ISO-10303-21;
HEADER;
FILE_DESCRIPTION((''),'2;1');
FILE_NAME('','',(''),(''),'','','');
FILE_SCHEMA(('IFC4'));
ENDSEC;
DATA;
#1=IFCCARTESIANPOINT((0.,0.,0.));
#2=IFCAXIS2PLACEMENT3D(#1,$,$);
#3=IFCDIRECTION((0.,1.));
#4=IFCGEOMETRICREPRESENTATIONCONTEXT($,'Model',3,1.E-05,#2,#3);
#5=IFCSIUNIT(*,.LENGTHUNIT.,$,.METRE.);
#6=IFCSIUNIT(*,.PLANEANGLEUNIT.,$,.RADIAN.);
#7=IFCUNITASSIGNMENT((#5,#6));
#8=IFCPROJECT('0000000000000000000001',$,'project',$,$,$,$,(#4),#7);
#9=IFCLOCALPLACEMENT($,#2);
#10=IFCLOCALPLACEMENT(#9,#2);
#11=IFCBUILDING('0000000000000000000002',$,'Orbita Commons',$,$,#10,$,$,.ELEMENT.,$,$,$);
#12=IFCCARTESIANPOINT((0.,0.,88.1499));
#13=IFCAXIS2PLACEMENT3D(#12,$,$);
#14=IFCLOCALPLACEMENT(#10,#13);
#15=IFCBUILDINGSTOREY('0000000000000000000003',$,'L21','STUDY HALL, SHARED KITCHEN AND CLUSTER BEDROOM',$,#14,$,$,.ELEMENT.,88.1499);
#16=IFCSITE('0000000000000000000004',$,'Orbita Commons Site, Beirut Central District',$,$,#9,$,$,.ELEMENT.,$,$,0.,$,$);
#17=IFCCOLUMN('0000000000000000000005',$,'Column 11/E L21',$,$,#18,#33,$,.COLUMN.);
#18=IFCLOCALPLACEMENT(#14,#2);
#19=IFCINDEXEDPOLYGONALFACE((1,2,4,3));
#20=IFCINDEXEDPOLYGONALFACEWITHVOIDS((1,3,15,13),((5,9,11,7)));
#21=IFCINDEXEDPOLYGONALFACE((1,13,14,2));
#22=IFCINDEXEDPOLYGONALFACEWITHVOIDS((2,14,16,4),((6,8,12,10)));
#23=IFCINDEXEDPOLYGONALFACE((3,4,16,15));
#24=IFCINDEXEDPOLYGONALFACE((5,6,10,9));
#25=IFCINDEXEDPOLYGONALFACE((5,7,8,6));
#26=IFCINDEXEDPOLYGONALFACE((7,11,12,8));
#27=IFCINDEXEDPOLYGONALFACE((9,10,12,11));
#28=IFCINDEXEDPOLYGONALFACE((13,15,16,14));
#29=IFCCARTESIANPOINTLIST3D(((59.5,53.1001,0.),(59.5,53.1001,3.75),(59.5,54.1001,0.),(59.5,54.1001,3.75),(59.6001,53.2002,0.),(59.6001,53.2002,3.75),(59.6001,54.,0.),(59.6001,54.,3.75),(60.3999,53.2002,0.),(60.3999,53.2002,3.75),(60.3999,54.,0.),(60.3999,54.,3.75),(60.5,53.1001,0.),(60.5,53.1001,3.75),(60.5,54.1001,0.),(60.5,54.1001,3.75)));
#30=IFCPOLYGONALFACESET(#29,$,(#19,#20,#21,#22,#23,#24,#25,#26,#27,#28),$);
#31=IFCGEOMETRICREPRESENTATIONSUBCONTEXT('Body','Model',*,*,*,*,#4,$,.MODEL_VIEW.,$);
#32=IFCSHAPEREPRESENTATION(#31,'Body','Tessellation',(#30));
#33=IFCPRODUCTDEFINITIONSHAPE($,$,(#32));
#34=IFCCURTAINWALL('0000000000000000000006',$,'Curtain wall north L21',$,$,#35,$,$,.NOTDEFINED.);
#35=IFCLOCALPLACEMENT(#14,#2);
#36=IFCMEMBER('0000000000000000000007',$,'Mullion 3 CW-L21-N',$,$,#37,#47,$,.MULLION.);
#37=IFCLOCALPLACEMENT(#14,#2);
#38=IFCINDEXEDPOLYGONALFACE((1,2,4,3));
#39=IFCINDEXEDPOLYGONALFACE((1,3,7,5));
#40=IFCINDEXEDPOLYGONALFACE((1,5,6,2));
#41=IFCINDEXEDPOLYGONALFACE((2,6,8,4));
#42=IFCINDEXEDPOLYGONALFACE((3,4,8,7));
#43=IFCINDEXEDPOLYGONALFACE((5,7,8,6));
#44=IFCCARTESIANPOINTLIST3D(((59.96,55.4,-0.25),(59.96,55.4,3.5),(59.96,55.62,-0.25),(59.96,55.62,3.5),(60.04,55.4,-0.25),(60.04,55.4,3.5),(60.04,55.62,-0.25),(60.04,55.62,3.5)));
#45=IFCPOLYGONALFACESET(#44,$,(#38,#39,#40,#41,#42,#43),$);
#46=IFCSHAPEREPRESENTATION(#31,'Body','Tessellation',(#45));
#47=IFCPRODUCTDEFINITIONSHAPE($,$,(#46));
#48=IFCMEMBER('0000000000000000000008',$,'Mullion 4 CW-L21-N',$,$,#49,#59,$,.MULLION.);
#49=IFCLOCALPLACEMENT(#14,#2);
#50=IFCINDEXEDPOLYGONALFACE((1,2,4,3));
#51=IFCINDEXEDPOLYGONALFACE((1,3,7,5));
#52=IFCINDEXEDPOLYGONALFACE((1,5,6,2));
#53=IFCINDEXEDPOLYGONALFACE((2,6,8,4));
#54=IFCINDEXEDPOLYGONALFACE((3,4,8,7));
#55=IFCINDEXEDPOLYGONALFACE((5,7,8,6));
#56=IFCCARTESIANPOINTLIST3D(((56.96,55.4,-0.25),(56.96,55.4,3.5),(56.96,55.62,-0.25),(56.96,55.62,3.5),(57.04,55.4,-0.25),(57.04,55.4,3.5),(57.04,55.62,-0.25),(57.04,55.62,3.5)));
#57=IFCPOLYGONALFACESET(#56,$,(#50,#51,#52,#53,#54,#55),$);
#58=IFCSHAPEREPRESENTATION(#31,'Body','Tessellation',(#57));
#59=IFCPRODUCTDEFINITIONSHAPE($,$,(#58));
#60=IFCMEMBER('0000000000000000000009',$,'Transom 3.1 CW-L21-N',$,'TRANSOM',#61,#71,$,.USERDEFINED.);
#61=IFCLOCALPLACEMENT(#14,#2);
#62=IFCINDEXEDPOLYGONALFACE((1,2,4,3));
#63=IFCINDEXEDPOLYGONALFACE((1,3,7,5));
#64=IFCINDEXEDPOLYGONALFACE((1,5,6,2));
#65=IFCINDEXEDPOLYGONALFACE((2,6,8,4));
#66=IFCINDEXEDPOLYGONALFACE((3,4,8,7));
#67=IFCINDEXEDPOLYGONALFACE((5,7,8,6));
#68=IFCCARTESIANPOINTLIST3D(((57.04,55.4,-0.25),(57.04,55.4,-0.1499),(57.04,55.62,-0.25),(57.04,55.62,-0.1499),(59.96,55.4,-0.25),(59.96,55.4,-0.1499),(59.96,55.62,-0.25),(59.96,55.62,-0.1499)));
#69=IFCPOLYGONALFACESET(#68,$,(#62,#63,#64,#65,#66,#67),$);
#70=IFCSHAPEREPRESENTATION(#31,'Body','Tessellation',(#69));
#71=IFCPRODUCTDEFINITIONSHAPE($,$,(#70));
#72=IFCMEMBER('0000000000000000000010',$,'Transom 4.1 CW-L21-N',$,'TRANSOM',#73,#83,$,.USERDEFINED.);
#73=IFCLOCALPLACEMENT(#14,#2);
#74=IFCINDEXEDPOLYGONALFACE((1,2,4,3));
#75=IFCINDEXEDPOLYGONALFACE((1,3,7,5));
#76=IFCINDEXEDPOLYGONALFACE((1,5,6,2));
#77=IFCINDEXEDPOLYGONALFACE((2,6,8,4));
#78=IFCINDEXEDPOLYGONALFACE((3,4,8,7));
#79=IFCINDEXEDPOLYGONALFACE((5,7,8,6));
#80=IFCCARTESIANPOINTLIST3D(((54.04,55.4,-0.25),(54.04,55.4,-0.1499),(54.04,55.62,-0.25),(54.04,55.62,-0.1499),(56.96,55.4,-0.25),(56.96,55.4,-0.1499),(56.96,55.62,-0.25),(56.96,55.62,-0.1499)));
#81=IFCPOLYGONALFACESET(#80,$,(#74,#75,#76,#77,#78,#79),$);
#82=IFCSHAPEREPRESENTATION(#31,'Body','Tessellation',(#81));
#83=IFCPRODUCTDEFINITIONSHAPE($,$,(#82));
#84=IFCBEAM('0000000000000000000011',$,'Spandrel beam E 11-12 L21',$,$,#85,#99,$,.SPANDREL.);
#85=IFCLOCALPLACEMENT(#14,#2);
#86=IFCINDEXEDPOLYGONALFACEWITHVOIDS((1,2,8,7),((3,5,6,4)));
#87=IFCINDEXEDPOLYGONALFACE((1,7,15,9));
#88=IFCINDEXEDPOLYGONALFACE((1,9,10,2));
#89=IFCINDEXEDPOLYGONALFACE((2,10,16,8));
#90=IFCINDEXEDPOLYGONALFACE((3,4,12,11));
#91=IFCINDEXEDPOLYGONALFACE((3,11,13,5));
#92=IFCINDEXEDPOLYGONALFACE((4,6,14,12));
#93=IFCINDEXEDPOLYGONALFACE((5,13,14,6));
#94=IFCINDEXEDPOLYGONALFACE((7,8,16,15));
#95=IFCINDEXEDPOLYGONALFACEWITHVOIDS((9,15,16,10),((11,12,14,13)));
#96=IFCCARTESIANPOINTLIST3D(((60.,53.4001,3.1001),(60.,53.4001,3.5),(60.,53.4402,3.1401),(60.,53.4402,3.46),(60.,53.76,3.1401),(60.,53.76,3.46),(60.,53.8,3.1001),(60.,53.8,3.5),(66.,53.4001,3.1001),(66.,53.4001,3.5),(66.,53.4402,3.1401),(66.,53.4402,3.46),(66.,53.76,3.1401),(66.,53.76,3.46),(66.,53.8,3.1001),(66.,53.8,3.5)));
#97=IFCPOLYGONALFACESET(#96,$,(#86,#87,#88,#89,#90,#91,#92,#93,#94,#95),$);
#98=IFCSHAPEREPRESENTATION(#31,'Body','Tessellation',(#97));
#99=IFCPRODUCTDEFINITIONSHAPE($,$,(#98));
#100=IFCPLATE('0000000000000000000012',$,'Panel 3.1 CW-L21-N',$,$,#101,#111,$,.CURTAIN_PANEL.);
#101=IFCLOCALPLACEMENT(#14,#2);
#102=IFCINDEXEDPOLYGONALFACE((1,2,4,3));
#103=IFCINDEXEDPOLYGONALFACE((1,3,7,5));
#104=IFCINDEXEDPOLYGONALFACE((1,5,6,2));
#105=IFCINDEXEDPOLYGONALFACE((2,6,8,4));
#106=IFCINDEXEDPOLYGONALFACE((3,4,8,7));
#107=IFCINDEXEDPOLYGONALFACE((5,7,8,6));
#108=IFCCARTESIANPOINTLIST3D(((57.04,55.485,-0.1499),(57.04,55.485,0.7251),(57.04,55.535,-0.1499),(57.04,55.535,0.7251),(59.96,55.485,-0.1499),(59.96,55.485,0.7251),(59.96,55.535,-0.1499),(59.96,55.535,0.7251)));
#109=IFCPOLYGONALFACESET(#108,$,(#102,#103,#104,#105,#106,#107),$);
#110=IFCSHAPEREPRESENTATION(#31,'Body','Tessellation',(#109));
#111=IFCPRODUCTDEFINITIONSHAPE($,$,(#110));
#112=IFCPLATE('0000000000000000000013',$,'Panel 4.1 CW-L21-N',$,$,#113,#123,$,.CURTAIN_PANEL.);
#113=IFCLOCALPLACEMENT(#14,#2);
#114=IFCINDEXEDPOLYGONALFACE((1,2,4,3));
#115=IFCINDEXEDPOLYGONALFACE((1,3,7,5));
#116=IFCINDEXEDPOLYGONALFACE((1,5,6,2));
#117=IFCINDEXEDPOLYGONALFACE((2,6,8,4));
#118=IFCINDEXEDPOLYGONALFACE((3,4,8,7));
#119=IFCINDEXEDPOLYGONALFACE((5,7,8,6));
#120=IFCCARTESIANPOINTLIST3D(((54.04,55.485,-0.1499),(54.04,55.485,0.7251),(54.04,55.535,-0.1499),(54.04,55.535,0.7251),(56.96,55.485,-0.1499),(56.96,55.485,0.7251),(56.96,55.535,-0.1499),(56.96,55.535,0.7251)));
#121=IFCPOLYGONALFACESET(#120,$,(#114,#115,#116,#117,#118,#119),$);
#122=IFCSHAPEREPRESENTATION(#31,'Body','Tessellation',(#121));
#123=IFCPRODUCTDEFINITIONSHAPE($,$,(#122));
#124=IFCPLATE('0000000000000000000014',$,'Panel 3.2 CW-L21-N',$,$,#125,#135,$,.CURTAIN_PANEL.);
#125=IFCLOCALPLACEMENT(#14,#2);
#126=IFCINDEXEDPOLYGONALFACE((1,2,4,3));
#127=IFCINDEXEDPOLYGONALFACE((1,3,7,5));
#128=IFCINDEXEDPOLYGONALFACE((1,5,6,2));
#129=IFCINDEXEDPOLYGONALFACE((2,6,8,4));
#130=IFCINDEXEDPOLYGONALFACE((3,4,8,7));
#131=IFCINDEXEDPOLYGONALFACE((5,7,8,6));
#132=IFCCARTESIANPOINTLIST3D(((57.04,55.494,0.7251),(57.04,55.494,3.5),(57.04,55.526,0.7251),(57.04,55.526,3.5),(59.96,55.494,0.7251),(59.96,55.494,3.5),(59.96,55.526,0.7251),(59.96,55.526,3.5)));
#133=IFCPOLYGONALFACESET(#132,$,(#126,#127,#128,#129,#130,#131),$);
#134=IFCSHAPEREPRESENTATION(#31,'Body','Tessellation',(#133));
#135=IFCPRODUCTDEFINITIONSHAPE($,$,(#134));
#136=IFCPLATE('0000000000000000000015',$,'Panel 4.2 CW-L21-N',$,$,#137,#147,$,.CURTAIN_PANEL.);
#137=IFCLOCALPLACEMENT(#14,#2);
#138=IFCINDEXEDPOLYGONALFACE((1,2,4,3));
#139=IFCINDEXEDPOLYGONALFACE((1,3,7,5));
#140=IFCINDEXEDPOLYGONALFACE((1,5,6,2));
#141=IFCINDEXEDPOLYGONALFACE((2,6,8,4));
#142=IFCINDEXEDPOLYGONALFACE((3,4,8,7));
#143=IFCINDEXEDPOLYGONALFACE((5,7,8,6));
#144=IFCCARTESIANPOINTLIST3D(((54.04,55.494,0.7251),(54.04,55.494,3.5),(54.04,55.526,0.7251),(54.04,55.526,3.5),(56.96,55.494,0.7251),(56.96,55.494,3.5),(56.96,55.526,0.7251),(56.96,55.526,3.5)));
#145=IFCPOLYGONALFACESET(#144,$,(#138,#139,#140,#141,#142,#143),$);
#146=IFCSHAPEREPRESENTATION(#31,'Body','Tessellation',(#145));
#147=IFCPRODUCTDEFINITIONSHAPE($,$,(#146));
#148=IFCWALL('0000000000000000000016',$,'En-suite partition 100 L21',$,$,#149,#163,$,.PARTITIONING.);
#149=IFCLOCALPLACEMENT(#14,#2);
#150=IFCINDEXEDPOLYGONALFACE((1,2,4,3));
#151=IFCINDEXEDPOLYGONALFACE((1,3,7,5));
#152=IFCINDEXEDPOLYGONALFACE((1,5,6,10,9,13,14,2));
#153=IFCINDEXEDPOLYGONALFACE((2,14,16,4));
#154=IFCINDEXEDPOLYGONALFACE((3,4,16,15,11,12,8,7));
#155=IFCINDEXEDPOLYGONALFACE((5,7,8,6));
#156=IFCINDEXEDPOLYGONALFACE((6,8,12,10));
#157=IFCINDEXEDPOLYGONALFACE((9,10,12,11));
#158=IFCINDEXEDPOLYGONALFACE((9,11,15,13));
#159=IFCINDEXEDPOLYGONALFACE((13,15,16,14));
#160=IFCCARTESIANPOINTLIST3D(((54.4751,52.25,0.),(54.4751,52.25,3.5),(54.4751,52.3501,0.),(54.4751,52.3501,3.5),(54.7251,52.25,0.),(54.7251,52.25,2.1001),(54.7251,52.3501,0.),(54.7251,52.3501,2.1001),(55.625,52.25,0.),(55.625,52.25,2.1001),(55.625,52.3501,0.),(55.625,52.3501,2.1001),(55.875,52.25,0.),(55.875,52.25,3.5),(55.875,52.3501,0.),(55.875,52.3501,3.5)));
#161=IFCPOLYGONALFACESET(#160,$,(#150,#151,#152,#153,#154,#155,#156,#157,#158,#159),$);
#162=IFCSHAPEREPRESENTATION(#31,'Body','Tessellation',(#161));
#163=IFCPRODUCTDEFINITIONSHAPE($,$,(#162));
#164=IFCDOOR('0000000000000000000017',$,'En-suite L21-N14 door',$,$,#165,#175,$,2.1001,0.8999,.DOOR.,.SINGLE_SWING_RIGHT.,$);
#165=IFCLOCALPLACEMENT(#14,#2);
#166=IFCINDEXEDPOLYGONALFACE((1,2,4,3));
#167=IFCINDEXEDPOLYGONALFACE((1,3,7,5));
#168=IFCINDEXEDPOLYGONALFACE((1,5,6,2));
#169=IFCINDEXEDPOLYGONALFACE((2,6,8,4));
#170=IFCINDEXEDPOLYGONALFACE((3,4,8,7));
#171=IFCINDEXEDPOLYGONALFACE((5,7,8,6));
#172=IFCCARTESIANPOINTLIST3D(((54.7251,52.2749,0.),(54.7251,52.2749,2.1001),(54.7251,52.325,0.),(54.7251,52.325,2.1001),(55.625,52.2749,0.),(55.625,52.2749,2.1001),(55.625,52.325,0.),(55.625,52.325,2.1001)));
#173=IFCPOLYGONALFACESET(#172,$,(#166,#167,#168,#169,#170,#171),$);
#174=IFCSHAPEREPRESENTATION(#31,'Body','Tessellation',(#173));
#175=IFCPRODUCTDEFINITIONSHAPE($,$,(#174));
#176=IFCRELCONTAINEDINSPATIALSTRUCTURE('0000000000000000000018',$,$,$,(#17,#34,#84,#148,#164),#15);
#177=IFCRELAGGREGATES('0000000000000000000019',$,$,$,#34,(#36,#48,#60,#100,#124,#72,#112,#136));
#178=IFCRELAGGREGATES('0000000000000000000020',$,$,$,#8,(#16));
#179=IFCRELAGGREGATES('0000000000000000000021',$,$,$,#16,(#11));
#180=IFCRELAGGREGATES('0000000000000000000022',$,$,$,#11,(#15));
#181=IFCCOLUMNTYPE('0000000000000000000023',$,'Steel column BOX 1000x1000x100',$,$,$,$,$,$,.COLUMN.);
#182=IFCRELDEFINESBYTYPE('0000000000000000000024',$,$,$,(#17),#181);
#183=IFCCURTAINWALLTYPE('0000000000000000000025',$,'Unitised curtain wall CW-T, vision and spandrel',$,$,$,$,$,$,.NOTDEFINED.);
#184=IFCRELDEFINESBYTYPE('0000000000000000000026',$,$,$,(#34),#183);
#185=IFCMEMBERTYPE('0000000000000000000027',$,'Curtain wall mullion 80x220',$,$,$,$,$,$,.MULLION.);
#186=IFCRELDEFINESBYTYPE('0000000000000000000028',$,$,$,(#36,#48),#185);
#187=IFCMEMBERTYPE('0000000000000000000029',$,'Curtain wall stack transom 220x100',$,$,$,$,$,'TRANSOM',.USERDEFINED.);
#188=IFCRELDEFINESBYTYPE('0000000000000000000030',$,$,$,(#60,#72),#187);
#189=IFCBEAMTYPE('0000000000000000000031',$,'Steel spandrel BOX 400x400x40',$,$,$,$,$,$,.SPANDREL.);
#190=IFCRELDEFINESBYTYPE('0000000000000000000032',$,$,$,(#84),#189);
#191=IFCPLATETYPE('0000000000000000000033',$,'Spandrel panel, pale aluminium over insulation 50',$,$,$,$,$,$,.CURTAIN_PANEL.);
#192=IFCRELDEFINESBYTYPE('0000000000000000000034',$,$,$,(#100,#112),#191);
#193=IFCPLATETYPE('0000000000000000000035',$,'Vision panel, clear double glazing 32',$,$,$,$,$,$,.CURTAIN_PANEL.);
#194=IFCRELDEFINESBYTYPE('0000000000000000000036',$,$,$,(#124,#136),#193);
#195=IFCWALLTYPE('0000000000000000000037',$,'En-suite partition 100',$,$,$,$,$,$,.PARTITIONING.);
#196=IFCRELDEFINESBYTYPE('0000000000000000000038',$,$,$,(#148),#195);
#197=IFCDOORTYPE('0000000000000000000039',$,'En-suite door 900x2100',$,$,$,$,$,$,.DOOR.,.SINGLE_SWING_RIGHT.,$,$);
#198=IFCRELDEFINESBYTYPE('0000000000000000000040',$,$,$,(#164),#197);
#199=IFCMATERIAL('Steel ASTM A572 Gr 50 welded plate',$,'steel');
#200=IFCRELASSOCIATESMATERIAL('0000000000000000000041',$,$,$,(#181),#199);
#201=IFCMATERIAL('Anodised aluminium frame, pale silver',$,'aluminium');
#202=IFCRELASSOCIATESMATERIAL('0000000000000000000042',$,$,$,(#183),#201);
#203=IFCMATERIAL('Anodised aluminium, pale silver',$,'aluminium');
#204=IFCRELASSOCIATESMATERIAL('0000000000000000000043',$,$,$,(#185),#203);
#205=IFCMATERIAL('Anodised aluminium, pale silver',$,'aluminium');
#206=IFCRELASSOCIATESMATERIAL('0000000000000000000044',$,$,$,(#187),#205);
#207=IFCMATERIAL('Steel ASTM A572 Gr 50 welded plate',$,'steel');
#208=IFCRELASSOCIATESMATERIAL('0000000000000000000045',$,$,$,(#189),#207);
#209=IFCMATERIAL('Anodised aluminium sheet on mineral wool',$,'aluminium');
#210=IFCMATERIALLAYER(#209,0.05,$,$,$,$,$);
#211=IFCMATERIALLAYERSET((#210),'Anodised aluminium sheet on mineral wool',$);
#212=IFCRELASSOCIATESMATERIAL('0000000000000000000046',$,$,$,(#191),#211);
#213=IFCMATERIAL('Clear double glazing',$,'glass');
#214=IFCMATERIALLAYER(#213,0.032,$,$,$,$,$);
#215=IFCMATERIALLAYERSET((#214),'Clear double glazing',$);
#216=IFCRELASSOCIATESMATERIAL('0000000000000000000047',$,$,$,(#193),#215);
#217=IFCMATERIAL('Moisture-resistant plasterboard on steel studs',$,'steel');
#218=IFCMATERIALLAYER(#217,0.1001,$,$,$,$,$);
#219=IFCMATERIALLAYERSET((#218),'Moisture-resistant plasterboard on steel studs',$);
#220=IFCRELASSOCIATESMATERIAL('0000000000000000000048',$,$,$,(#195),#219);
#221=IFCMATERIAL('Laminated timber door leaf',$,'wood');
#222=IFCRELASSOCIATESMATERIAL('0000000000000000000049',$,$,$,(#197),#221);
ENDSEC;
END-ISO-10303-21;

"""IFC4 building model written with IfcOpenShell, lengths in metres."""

from ifc_helpers import new_model, si_unit, direction, frame, frame_2d, origin, origin_2d, place, context, subcontext, project, spatial, rectangle, hollow_rectangle, extrude, material, layer, layer_set, material_profile, profile_set, type_object, element, fill, aggregate, save


model = new_model("IFC4")

# Units and contexts
model_context = context("Model", 3, precision=1e-05, world=origin(), true_north=direction((0.0, 1.0)))
body_context = subcontext(model_context, "Body", "Model", "MODEL_VIEW")
ifc_project = project(units=[si_unit("LENGTHUNIT", "METRE"), si_unit("PLANEANGLEUNIT", "RADIAN")], contexts=[model_context])

# Site, building, storey
site_placement = place(None, origin())
site = spatial("IfcSite", under=ifc_project, at=site_placement, Name="Orbita Commons Site, Beirut Central District", CompositionType="ELEMENT", RefElevation=0.0)
building_placement = place(site_placement, origin())
building = spatial("IfcBuilding", under=site, at=building_placement, Name="Orbita Commons", CompositionType="ELEMENT")
storey_placement = place(building_placement, frame((0.0, 0.0, 88.1499)))
storey = spatial("IfcBuildingStorey", under=building, at=storey_placement, Name="L21", Description="STUDY HALL, SHARED KITCHEN AND CLUSTER BEDROOM", CompositionType="ELEMENT", Elevation=88.1499)

# Column
ifc_material_1 = material(Name="Steel ASTM A572 Gr 50 welded plate", Category="steel")
ifc_material_profile_1 = material_profile(ifc_material_1, hollow_rectangle(XDim=1.0, YDim=1.0, WallThickness=0.1001, at=origin_2d()), Name="BOX 1000x1000x100")
ifc_profile_set_1 = profile_set([ifc_material_profile_1], Name="Steel ASTM A572 Gr 50 welded plate")
column_type = type_object("IfcColumnType", Name="Steel column BOX 1000x1000x100", PredefinedType="COLUMN", material=ifc_profile_set_1)
column_placement = place(storey_placement, frame((60.0, 53.6001, 0.0), z_axis=(0.0, 0.0, 1.0), x_axis=(1.0, 0.0, 0.0)))
element("IfcColumn", 1, at=column_placement, inside=storey, type_object=column_type, Name="Column 11/E L21", PredefinedType="COLUMN", context=body_context, shape_type="SweptSolid", body=[
    extrude(hollow_rectangle(XDim=1.0, YDim=1.0, WallThickness=0.1001, at=origin_2d()), origin(), (0.0, 0.0, 1.0), 3.75),
])

# Curtain wall, members
ifc_material_2 = material(Name="Anodised aluminium frame, pale silver", Category="aluminium")
curtain_wall_type = type_object("IfcCurtainWallType", Name="Unitised curtain wall CW-T, vision and spandrel", PredefinedType="NOTDEFINED", material=ifc_material_2)
curtain_wall_placement = place(storey_placement, origin())
curtain_wall = element("IfcCurtainWall", 2, at=curtain_wall_placement, inside=storey, type_object=curtain_wall_type, Name="Curtain wall north L21", PredefinedType="NOTDEFINED")
ifc_material_3 = material(Name="Anodised aluminium, pale silver", Category="aluminium")
ifc_material_profile_2 = material_profile(ifc_material_3, rectangle(XDim=0.0801, YDim=0.22, at=origin_2d()), Name="AL 80x220")
ifc_profile_set_2 = profile_set([ifc_material_profile_2], Name="Anodised aluminium, pale silver")
member_type_1 = type_object("IfcMemberType", Name="Curtain wall mullion 80x220", PredefinedType="MULLION", material=ifc_profile_set_2)
member_1_placement = place(storey_placement, frame((60.0, 55.51, -0.25), z_axis=(0.0, 0.0, 1.0), x_axis=(-1.0, 0.0, 0.0)))
member_1 = element("IfcMember", 3, at=member_1_placement, type_object=member_type_1, Name="Mullion 3 CW-L21-N", PredefinedType="MULLION", context=body_context, shape_type="SweptSolid", body=[
    extrude(rectangle(XDim=0.0801, YDim=0.22, at=origin_2d()), origin(), (0.0, 0.0, 1.0), 3.75),
])
member_2_placement = place(storey_placement, frame((57.0, 55.51, -0.25), z_axis=(0.0, 0.0, 1.0), x_axis=(-1.0, 0.0, 0.0)))
member_2 = element("IfcMember", 4, at=member_2_placement, type_object=member_type_1, Name="Mullion 4 CW-L21-N", PredefinedType="MULLION", context=body_context, shape_type="SweptSolid", body=[
    extrude(rectangle(XDim=0.0801, YDim=0.22, at=origin_2d()), origin(), (0.0, 0.0, 1.0), 3.75),
])
ifc_material_4 = material(Name="Anodised aluminium, pale silver", Category="aluminium")
ifc_material_profile_3 = material_profile(ifc_material_4, rectangle(XDim=0.22, YDim=0.1001, at=origin_2d()), Name="AL 220x100")
ifc_profile_set_3 = profile_set([ifc_material_profile_3], Name="Anodised aluminium, pale silver")
member_type_2 = type_object("IfcMemberType", Name="Curtain wall stack transom 220x100", ElementType="TRANSOM", PredefinedType="USERDEFINED", material=ifc_profile_set_3)
member_3_placement = place(storey_placement, frame((59.96, 55.51, -0.2), z_axis=(-1.0, 0.0, 0.0), x_axis=(0.0, -1.0, 0.0)))
member_3 = element("IfcMember", 5, at=member_3_placement, type_object=member_type_2, Name="Transom 3.1 CW-L21-N", ObjectType="TRANSOM", PredefinedType="USERDEFINED", context=body_context, shape_type="SweptSolid", body=[
    extrude(rectangle(XDim=0.22, YDim=0.1001, at=origin_2d()), origin(), (0.0, 0.0, 1.0), 2.9199),
])
member_4_placement = place(storey_placement, frame((56.96, 55.51, -0.2), z_axis=(-1.0, 0.0, 0.0), x_axis=(0.0, -1.0, 0.0)))
member_4 = element("IfcMember", 6, at=member_4_placement, type_object=member_type_2, Name="Transom 4.1 CW-L21-N", ObjectType="TRANSOM", PredefinedType="USERDEFINED", context=body_context, shape_type="SweptSolid", body=[
    extrude(rectangle(XDim=0.22, YDim=0.1001, at=origin_2d()), origin(), (0.0, 0.0, 1.0), 2.9199),
])

# Beam
ifc_material_5 = material(Name="Steel ASTM A572 Gr 50 welded plate", Category="steel")
ifc_material_profile_4 = material_profile(ifc_material_5, hollow_rectangle(XDim=0.3999, YDim=0.3999, WallThickness=0.04, at=origin_2d()), Name="BOX 400x400x40")
ifc_profile_set_4 = profile_set([ifc_material_profile_4], Name="Steel ASTM A572 Gr 50 welded plate")
beam_type = type_object("IfcBeamType", Name="Steel spandrel BOX 400x400x40", PredefinedType="SPANDREL", material=ifc_profile_set_4)
beam_placement = place(storey_placement, frame((60.0, 53.6001, 3.3), z_axis=(1.0, 0.0, 0.0), x_axis=(0.0, 1.0, 0.0)))
element("IfcBeam", 7, at=beam_placement, inside=storey, type_object=beam_type, Name="Spandrel beam E 11-12 L21", PredefinedType="SPANDREL", context=body_context, shape_type="SweptSolid", body=[
    extrude(hollow_rectangle(XDim=0.3999, YDim=0.3999, WallThickness=0.04, at=origin_2d()), origin(), (0.0, 0.0, 1.0), 6.0),
])

# Plates
ifc_material_6 = material(Name="Anodised aluminium sheet on mineral wool", Category="aluminium")
ifc_layer_1 = layer(ifc_material_6, 0.05)
ifc_layer_set_1 = layer_set([ifc_layer_1], Name="Anodised aluminium sheet on mineral wool")
plate_type_1 = type_object("IfcPlateType", Name="Spandrel panel, pale aluminium over insulation 50", PredefinedType="CURTAIN_PANEL", material=ifc_layer_set_1)
plate_1_placement = place(storey_placement, frame((58.5, 55.51, -0.1499), z_axis=(0.0, 0.0, 1.0), x_axis=(-1.0, 0.0, 0.0)))
plate_1 = element("IfcPlate", 8, at=plate_1_placement, type_object=plate_type_1, Name="Panel 3.1 CW-L21-N", PredefinedType="CURTAIN_PANEL", context=body_context, shape_type="SweptSolid", body=[
    extrude(rectangle(XDim=2.9199, YDim=0.05, at=origin_2d()), origin(), (0.0, 0.0, 1.0), 0.875),
])
plate_2_placement = place(storey_placement, frame((55.5, 55.51, -0.1499), z_axis=(0.0, 0.0, 1.0), x_axis=(-1.0, 0.0, 0.0)))
plate_2 = element("IfcPlate", 9, at=plate_2_placement, type_object=plate_type_1, Name="Panel 4.1 CW-L21-N", PredefinedType="CURTAIN_PANEL", context=body_context, shape_type="SweptSolid", body=[
    extrude(rectangle(XDim=2.9199, YDim=0.05, at=origin_2d()), origin(), (0.0, 0.0, 1.0), 0.875),
])
ifc_material_7 = material(Name="Clear double glazing", Category="glass")
ifc_layer_2 = layer(ifc_material_7, 0.032)
ifc_layer_set_2 = layer_set([ifc_layer_2], Name="Clear double glazing")
plate_type_2 = type_object("IfcPlateType", Name="Vision panel, clear double glazing 32", PredefinedType="CURTAIN_PANEL", material=ifc_layer_set_2)
plate_3_placement = place(storey_placement, frame((58.5, 55.51, 0.7251), z_axis=(0.0, 0.0, 1.0), x_axis=(-1.0, 0.0, 0.0)))
plate_3 = element("IfcPlate", 10, at=plate_3_placement, type_object=plate_type_2, Name="Panel 3.2 CW-L21-N", PredefinedType="CURTAIN_PANEL", context=body_context, shape_type="SweptSolid", body=[
    extrude(rectangle(XDim=2.9199, YDim=0.032, at=origin_2d()), origin(), (0.0, 0.0, 1.0), 2.7749),
])
plate_4_placement = place(storey_placement, frame((55.5, 55.51, 0.7251), z_axis=(0.0, 0.0, 1.0), x_axis=(-1.0, 0.0, 0.0)))
plate_4 = element("IfcPlate", 11, at=plate_4_placement, type_object=plate_type_2, Name="Panel 4.2 CW-L21-N", PredefinedType="CURTAIN_PANEL", context=body_context, shape_type="SweptSolid", body=[
    extrude(rectangle(XDim=2.9199, YDim=0.032, at=origin_2d()), origin(), (0.0, 0.0, 1.0), 2.7749),
])
aggregate(curtain_wall, [member_1, member_2, member_3, plate_1, plate_3, member_4, plate_2, plate_4])

# Wall, opening, door
ifc_material_8 = material(Name="Moisture-resistant plasterboard on steel studs", Category="steel")
ifc_layer_3 = layer(ifc_material_8, 0.1001)
ifc_layer_set_3 = layer_set([ifc_layer_3], Name="Moisture-resistant plasterboard on steel studs")
wall_type_1 = type_object("IfcWallType", Name="En-suite partition 100", PredefinedType="PARTITIONING", material=ifc_layer_set_3)
wall_1_placement = place(storey_placement, frame((54.4751, 52.3, 0.0), z_axis=(0.0, 0.0, 1.0), x_axis=(1.0, 0.0, 0.0)))
wall_1 = element("IfcWall", 12, at=wall_1_placement, inside=storey, type_object=wall_type_1, Name="En-suite partition 100 L21", PredefinedType="PARTITIONING", context=body_context, shape_type="SweptSolid", body=[
    extrude(rectangle(XDim=1.3999, YDim=0.1001, at=frame_2d((0.7, 0.0))), origin(), (0.0, 0.0, 1.0), 3.5),
])
opening_1_placement = place(wall_1_placement, frame((0.25, 0.0, 0.0)))
opening_1 = element("IfcOpeningElement", 13, at=opening_1_placement, cuts=wall_1, PredefinedType="OPENING", context=body_context, shape_type="SweptSolid", body=[
    extrude(rectangle(XDim=0.8999, YDim=2.1001, at=frame_2d((0.45, 1.05))), frame((0.0, 0.0601, 0.0), z_axis=(0.0, -1.0, 0.0), x_axis=(1.0, 0.0, 0.0)), (0.0, 0.0, 1.0), 0.1201),
])
ifc_material_9 = material(Name="Laminated timber door leaf", Category="wood")
door_type = type_object("IfcDoorType", Name="En-suite door 900x2100", OperationType="SINGLE_SWING_RIGHT", PredefinedType="DOOR", material=ifc_material_9)
door_1_placement = place(opening_1_placement, origin())
door_1 = element("IfcDoor", 14, at=door_1_placement, inside=storey, type_object=door_type, Name="En-suite L21-N14 door", OperationType="SINGLE_SWING_RIGHT", OverallHeight=2.1001, OverallWidth=0.8999, PredefinedType="DOOR", context=body_context, shape_type="SweptSolid", body=[
    extrude(rectangle(XDim=0.8999, YDim=2.1001, at=frame_2d((0.45, 1.05))), frame((0.0, 0.0249, 0.0), z_axis=(0.0, -1.0, 0.0), x_axis=(1.0, 0.0, 0.0)), (0.0, 0.0, 1.0), 0.05),
])
fill(opening_1, door_1)

save(model, "model.ifc")
